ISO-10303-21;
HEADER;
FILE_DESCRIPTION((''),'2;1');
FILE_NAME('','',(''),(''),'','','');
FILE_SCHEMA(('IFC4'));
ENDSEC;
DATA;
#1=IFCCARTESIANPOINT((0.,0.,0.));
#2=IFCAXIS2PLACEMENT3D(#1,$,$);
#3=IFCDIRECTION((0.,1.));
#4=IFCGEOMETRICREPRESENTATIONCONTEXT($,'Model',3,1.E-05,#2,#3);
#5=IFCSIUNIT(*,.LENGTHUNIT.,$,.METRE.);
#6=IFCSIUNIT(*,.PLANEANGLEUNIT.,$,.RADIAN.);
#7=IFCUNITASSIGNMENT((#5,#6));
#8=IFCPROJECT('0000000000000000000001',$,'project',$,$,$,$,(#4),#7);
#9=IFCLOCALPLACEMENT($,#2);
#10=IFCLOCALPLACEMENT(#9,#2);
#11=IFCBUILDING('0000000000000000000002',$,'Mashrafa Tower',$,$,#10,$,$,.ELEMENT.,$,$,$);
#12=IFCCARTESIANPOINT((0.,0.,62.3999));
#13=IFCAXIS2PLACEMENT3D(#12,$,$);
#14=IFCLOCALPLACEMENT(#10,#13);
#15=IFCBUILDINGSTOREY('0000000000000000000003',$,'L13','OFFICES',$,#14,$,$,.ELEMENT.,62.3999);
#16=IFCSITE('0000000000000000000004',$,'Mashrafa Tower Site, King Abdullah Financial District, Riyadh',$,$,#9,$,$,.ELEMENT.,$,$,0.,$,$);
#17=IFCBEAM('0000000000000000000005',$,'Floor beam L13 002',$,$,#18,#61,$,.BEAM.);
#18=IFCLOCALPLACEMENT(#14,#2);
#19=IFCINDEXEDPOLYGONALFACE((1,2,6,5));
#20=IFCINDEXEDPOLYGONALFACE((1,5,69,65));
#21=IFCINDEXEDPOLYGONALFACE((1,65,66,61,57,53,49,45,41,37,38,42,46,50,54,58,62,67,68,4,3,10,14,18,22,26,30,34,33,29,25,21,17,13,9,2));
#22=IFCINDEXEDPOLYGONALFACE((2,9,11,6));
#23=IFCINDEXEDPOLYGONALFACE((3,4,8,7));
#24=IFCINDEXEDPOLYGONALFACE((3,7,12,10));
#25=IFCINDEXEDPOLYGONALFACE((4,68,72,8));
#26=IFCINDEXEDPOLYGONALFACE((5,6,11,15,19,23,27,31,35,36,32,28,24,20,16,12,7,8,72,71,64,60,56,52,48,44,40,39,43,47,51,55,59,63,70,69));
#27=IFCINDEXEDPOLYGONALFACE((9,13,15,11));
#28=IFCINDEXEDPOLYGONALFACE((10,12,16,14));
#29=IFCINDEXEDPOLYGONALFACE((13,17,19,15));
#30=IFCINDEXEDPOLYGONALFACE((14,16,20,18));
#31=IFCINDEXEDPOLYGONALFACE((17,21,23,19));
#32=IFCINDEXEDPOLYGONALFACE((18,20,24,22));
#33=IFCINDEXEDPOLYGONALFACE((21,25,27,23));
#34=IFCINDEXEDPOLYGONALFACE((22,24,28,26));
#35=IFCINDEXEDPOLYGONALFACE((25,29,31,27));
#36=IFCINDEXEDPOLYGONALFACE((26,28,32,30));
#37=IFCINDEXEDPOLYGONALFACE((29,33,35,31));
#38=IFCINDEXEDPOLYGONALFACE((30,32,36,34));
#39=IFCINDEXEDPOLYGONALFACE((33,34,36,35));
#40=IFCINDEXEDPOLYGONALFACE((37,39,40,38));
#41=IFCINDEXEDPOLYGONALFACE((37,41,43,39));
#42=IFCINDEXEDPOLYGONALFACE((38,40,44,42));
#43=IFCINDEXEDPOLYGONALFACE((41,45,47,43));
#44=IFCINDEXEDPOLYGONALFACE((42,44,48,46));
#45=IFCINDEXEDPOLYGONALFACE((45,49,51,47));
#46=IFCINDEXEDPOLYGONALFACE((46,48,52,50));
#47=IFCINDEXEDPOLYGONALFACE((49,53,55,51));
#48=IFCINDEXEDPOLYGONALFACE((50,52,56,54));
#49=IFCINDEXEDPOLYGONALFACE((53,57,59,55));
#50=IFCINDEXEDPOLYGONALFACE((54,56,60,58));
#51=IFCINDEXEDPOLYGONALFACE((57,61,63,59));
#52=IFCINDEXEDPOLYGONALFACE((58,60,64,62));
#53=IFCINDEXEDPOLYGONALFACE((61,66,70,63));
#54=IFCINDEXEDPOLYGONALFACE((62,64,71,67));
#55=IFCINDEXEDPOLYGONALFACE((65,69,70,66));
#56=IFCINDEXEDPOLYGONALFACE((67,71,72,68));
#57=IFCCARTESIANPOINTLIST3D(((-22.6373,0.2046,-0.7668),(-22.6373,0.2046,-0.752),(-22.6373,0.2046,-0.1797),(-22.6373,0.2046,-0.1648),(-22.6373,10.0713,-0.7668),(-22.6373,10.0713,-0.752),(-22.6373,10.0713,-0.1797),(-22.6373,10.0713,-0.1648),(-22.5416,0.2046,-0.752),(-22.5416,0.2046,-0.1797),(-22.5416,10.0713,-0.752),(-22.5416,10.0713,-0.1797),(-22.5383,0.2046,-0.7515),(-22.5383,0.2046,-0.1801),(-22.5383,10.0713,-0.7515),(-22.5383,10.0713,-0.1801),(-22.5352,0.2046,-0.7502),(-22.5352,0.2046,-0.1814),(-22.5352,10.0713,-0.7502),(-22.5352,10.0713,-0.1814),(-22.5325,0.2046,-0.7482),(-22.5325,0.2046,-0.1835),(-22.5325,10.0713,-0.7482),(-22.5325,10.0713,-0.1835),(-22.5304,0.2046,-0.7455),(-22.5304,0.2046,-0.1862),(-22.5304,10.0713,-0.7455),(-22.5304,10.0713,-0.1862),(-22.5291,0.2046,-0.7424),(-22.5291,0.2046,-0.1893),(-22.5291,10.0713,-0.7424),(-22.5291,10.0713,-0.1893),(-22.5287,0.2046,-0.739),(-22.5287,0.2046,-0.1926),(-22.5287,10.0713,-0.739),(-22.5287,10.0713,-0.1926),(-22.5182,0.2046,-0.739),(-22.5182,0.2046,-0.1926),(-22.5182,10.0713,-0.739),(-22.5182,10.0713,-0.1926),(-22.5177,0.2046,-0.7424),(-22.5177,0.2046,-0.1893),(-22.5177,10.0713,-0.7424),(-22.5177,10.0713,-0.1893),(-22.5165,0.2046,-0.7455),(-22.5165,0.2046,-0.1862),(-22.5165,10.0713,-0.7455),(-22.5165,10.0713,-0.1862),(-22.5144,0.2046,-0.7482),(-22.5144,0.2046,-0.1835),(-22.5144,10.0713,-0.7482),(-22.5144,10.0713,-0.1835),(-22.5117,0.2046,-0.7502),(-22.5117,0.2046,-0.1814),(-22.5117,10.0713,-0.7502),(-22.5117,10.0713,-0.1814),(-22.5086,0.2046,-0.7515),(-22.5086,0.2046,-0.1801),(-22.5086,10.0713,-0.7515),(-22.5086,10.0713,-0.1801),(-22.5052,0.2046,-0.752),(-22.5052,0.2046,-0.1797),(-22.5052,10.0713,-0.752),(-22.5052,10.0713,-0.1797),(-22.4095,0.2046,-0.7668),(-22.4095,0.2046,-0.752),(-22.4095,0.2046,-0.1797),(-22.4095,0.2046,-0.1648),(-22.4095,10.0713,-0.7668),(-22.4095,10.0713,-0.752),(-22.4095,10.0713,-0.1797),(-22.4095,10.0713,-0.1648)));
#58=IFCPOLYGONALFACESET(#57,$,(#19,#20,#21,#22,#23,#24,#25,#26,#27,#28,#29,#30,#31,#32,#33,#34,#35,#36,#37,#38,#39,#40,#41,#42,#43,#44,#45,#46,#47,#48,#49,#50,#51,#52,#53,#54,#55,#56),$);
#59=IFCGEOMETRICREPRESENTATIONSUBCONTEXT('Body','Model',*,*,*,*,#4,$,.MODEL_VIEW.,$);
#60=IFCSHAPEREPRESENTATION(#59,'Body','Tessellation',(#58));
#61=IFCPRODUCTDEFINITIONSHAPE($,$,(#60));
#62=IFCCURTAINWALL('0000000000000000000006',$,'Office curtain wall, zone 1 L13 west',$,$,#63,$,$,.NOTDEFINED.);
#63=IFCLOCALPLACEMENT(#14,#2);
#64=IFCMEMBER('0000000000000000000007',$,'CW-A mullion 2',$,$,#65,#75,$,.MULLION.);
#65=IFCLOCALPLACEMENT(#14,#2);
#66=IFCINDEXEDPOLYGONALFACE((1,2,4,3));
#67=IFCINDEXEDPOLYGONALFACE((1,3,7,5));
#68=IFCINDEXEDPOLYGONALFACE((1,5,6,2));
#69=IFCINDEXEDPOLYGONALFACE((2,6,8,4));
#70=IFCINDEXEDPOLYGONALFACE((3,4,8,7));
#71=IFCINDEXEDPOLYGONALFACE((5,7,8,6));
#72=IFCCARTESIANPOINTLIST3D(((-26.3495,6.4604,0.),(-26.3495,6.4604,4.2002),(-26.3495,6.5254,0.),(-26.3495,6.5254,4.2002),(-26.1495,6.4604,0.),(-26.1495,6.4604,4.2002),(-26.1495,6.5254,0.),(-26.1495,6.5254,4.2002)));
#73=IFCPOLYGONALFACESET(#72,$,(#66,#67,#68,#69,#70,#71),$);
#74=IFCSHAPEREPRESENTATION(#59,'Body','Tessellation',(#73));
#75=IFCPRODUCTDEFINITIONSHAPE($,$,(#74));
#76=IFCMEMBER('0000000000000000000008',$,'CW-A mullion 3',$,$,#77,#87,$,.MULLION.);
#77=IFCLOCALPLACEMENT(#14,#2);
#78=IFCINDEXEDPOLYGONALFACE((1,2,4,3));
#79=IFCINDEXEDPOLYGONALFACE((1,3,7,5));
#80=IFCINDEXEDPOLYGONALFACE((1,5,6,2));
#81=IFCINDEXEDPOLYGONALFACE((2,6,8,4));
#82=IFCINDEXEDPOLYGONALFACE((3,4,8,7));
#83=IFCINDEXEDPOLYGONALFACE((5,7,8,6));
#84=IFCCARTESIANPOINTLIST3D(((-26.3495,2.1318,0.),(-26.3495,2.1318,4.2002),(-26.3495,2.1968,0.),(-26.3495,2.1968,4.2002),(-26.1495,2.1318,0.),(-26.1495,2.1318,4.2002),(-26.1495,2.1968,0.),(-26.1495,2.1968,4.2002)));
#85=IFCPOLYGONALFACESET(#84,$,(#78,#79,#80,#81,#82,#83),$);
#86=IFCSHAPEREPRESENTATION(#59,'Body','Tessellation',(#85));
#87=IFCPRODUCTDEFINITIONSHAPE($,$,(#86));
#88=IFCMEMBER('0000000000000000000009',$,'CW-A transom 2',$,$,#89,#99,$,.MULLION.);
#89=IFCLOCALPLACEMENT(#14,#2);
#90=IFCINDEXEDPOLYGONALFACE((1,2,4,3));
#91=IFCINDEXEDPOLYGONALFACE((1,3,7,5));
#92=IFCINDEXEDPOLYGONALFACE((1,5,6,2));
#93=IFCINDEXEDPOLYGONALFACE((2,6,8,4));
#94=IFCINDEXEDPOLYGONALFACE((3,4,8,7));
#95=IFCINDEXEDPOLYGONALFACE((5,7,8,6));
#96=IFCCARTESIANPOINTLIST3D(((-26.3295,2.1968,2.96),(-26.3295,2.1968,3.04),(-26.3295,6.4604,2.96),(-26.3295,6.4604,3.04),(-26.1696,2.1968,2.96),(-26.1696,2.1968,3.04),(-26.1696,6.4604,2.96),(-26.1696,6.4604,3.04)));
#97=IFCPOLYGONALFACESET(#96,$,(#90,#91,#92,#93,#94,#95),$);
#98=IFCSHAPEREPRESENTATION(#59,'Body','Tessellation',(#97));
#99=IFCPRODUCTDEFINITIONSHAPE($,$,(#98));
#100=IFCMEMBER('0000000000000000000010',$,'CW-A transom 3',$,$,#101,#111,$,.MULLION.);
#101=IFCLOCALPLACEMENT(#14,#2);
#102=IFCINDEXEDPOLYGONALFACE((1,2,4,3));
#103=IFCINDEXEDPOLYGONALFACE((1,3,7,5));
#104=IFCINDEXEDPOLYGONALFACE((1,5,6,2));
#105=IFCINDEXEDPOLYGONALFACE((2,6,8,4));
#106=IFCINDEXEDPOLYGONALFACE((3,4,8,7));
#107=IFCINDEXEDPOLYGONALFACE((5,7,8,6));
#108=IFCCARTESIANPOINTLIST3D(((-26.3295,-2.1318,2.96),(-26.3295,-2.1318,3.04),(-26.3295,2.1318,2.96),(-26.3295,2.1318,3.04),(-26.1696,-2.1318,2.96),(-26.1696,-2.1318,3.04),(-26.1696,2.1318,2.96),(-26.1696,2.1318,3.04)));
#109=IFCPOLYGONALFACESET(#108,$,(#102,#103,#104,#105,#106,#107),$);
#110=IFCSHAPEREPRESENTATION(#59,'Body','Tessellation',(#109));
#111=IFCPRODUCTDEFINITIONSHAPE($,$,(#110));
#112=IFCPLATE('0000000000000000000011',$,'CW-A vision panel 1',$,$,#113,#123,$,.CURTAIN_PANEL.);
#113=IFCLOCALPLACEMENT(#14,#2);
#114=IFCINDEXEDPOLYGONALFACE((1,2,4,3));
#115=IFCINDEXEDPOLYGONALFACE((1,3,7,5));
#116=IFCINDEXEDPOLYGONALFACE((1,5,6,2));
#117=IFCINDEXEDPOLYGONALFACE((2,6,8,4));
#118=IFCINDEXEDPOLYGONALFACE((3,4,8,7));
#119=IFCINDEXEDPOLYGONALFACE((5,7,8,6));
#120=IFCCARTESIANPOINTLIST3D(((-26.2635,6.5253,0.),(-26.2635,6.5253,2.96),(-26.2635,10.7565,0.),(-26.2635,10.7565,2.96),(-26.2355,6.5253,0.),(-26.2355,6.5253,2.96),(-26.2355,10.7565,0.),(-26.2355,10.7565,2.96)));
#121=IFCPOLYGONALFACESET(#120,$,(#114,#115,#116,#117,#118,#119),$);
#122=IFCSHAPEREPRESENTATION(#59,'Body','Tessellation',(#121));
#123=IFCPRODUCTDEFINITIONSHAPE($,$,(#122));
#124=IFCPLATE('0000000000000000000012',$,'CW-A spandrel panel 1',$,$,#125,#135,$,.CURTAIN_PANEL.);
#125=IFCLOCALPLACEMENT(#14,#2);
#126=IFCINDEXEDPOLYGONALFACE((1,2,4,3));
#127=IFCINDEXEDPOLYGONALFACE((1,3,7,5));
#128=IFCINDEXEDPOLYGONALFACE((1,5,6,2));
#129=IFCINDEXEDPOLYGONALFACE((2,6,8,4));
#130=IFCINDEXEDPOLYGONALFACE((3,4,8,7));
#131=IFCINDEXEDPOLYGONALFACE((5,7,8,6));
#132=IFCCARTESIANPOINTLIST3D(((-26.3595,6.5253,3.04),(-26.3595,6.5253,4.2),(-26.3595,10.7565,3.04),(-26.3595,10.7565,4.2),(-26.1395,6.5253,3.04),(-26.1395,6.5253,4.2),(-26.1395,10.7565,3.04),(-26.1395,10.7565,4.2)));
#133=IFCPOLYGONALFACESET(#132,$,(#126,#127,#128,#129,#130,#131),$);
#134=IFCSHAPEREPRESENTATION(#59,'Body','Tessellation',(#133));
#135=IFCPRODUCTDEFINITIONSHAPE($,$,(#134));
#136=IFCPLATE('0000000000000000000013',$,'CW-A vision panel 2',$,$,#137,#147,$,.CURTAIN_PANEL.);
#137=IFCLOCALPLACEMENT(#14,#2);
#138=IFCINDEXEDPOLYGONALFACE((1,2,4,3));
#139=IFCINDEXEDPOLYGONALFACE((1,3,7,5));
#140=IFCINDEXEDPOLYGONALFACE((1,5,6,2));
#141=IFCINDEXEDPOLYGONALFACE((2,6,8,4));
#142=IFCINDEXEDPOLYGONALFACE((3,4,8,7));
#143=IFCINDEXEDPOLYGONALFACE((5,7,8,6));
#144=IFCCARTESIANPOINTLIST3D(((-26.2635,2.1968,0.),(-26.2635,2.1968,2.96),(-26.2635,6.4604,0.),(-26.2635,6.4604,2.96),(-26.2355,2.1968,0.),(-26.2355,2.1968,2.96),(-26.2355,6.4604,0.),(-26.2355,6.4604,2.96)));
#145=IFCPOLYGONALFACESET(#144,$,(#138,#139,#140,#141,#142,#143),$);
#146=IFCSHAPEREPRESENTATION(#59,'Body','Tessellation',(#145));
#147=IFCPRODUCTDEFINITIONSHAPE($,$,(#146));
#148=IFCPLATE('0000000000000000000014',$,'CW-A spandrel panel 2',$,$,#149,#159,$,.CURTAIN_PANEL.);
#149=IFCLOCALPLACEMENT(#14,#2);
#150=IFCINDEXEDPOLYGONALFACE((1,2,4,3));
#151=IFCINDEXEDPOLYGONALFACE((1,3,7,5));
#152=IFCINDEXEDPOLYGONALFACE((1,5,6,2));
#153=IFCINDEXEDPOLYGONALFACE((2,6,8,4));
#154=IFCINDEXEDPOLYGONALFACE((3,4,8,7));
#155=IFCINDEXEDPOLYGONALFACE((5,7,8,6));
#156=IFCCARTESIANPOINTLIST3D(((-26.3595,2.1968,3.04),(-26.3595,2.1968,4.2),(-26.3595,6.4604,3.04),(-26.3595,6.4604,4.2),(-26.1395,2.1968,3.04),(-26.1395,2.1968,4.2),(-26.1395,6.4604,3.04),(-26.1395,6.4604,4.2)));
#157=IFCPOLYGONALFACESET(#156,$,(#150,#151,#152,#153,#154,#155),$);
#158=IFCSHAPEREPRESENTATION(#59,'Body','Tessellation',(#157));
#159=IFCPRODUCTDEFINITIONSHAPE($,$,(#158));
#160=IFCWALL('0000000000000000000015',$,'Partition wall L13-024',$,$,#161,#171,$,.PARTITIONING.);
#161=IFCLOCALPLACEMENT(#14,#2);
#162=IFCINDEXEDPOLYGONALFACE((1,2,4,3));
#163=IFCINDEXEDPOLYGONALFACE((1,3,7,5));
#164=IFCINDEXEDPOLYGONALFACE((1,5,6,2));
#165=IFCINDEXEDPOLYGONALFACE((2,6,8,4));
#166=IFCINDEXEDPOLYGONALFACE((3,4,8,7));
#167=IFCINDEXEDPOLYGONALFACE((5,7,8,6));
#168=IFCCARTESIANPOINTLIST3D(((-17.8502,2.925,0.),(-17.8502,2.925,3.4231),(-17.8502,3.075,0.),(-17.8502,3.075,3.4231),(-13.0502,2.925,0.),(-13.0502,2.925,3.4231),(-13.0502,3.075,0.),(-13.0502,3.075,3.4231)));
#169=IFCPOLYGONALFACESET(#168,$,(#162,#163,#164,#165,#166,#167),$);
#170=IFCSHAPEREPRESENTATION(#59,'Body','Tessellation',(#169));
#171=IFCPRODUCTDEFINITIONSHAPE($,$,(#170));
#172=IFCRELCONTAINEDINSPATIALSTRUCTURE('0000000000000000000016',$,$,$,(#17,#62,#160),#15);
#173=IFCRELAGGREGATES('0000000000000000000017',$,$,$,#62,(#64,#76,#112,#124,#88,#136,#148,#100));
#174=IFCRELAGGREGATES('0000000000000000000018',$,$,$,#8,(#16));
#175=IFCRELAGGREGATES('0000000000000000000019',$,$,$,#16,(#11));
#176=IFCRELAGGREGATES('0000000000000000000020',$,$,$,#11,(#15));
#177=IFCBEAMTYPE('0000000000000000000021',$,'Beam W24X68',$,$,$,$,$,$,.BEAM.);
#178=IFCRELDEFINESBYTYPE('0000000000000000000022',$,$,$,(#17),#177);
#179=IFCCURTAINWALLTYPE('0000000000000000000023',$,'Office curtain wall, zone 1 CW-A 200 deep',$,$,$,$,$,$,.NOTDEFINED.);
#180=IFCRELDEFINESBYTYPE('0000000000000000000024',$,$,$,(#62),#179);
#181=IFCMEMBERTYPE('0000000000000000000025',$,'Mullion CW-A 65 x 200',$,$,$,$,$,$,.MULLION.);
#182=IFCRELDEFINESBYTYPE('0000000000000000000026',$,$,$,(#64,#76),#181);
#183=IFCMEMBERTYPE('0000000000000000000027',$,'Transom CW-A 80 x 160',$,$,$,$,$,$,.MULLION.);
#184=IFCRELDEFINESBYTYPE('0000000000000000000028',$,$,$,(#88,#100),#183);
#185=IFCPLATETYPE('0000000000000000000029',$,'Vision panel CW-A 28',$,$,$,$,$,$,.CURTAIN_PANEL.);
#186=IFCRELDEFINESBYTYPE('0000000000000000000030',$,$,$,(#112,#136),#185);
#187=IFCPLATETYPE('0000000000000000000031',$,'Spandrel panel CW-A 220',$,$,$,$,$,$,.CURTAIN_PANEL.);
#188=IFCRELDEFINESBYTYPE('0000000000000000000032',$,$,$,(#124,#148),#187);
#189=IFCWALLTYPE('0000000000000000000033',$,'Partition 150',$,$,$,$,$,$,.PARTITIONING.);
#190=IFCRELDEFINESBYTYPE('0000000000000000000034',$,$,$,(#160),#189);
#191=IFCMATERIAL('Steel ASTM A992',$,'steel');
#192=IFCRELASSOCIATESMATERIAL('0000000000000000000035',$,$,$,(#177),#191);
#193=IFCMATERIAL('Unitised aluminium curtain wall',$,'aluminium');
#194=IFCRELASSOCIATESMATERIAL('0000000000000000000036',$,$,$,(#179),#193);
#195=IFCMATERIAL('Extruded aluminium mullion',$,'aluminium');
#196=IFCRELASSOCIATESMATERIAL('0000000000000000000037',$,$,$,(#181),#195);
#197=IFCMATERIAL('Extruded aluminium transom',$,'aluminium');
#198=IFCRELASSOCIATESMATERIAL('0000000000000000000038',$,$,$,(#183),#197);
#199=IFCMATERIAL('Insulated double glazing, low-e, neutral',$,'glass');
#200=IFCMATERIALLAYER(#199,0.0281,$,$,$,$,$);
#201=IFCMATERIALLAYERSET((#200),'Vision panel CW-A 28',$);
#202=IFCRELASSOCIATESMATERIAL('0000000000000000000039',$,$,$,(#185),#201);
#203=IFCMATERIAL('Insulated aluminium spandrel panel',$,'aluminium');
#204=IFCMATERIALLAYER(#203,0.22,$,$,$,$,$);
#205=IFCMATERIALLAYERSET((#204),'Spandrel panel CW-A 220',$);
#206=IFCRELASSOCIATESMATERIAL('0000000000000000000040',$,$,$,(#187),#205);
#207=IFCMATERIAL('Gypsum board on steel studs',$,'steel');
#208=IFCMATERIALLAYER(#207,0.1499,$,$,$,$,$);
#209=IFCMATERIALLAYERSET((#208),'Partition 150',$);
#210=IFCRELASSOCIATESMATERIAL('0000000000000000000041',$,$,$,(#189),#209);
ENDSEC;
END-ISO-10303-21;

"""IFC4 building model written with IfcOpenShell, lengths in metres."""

from ifc_helpers import new_model, si_unit, direction, frame, frame_2d, origin, origin_2d, place, context, subcontext, project, spatial, rectangle, i_section, extrude, source, transform, mapped, material, layer, layer_set, material_profile, profile_set, type_object, type_shapes, element, aggregate, save


model = new_model("IFC4")

# Units and contexts
model_context = context("Model", 3, precision=1e-05, world=origin(), true_north=direction((0.0, 1.0)))
body_context = subcontext(model_context, "Body", "Model", "MODEL_VIEW")
ifc_project = project(units=[si_unit("LENGTHUNIT", "METRE"), si_unit("PLANEANGLEUNIT", "RADIAN")], contexts=[model_context])

# Site, building, storey
site_placement = place(None, origin())
site = spatial("IfcSite", under=ifc_project, at=site_placement, Name="Mashrafa Tower Site, King Abdullah Financial District, Riyadh", CompositionType="ELEMENT", RefElevation=0.0)
building_placement = place(site_placement, origin())
building = spatial("IfcBuilding", under=site, at=building_placement, Name="Mashrafa Tower", CompositionType="ELEMENT")
storey_placement = place(building_placement, frame((0.0, 0.0, 62.3999)))
storey = spatial("IfcBuildingStorey", under=building, at=storey_placement, Name="L13", Description="OFFICES", CompositionType="ELEMENT", Elevation=62.3999)

# Beam
ifc_material_1 = material(Name="Steel ASTM A992", Category="steel")
ifc_material_profile_1 = material_profile(ifc_material_1, i_section(OverallWidth=0.2278, OverallDepth=0.6021, WebThickness=0.0105, FlangeThickness=0.0149, FilletRadius=0.0129, at=origin_2d()), Name="W24X68")
ifc_profile_set_1 = profile_set([ifc_material_profile_1], Name="Steel ASTM A992")
beam_type_1 = type_object("IfcBeamType", Name="Beam W24X68", PredefinedType="BEAM", material=ifc_profile_set_1)
beam_1_placement = place(storey_placement, frame((-22.5234, 0.2046, -0.4658), z_axis=(0.0, 1.0, 0.0), x_axis=(-1.0, 0.0, 0.0)))
element("IfcBeam", 1, at=beam_1_placement, inside=storey, type_object=beam_type_1, Name="Floor beam L13 002", PredefinedType="BEAM", context=body_context, shape_type="SweptSolid", body=[
    extrude(i_section(OverallWidth=0.2278, OverallDepth=0.6021, WebThickness=0.0105, FlangeThickness=0.0149, FilletRadius=0.0129, at=origin_2d()), origin(), (0.0, 0.0, 1.0), 9.8667),
])

# Curtain wall, members, plates
ifc_material_2 = material(Name="Unitised aluminium curtain wall", Category="aluminium")
curtain_wall_type = type_object("IfcCurtainWallType", Name="Office curtain wall, zone 1 CW-A 200 deep", PredefinedType="NOTDEFINED", material=ifc_material_2)
curtain_wall_placement = place(storey_placement, origin())
curtain_wall = element("IfcCurtainWall", 2, at=curtain_wall_placement, inside=storey, type_object=curtain_wall_type, Name="Office curtain wall, zone 1 L13 west", PredefinedType="NOTDEFINED")
ifc_material_3 = material(Name="Extruded aluminium mullion", Category="aluminium")
ifc_material_profile_2 = material_profile(ifc_material_3, rectangle(XDim=0.2, YDim=0.0649, at=origin_2d()), Name="Mullion 65x200")
ifc_profile_set_2 = profile_set([ifc_material_profile_2], Name="Extruded aluminium mullion")
member_type_1 = type_object("IfcMemberType", Name="Mullion CW-A 65 x 200", PredefinedType="MULLION", material=ifc_profile_set_2)
shared_shape_1 = source(origin(), body_context, "Body", "SweptSolid", [
    extrude(rectangle(XDim=0.2, YDim=0.0649, at=origin_2d()), origin(), (0.0, 0.0, 1.0), 4.2002),
])
type_shapes(member_type_1, [shared_shape_1])
member_1_placement = place(storey_placement, frame((-26.2495, 6.4929, 0.0), z_axis=(0.0, 0.0, 1.0), x_axis=(1.0, 0.0, 0.0)))
member_1 = element("IfcMember", 3, at=member_1_placement, type_object=member_type_1, Name="CW-A mullion 2", PredefinedType="MULLION", context=body_context, shape_type="MappedRepresentation", body=[
    mapped(shared_shape_1, transform((0.0, 0.0, 0.0))),
])
member_2_placement = place(storey_placement, frame((-26.2495, 2.1643, 0.0), z_axis=(0.0, 0.0, 1.0), x_axis=(1.0, 0.0, 0.0)))
member_2 = element("IfcMember", 4, at=member_2_placement, type_object=member_type_1, Name="CW-A mullion 3", PredefinedType="MULLION", context=body_context, shape_type="MappedRepresentation", body=[
    mapped(shared_shape_1, transform((0.0, 0.0, 0.0))),
])
ifc_material_4 = material(Name="Extruded aluminium transom", Category="aluminium")
ifc_material_profile_3 = material_profile(ifc_material_4, rectangle(XDim=0.1599, YDim=0.0801, at=origin_2d()), Name="Transom 80x160")
ifc_profile_set_3 = profile_set([ifc_material_profile_3], Name="Extruded aluminium transom")
member_type_2 = type_object("IfcMemberType", Name="Transom CW-A 80 x 160", PredefinedType="MULLION", material=ifc_profile_set_3)
shared_shape_2 = source(origin(), body_context, "Body", "SweptSolid", [
    extrude(rectangle(XDim=0.1599, YDim=0.0801, at=origin_2d()), origin(), (0.0, 0.0, 1.0), 4.2637),
])
type_shapes(member_type_2, [shared_shape_2])
member_3_placement = place(storey_placement, frame((-26.2495, 6.4604, 3.0), z_axis=(0.0, -1.0, 0.0), x_axis=(1.0, 0.0, 0.0)))
member_3 = element("IfcMember", 5, at=member_3_placement, type_object=member_type_2, Name="CW-A transom 2", PredefinedType="MULLION", context=body_context, shape_type="MappedRepresentation", body=[
    mapped(shared_shape_2, transform((0.0, 0.0, 0.0))),
])
member_4_placement = place(storey_placement, frame((-26.2495, 2.1318, 3.0), z_axis=(0.0, -1.0, 0.0), x_axis=(1.0, 0.0, 0.0)))
member_4 = element("IfcMember", 6, at=member_4_placement, type_object=member_type_2, Name="CW-A transom 3", PredefinedType="MULLION", context=body_context, shape_type="MappedRepresentation", body=[
    mapped(shared_shape_2, transform((0.0, 0.0, 0.0))),
])
ifc_material_5 = material(Name="Insulated double glazing, low-e, neutral", Category="glass")
ifc_layer_1 = layer(ifc_material_5, 0.0281)
ifc_layer_set_1 = layer_set([ifc_layer_1], Name="Vision panel CW-A 28")
plate_type_1 = type_object("IfcPlateType", Name="Vision panel CW-A 28", PredefinedType="CURTAIN_PANEL", material=ifc_layer_set_1)
shared_shape_3 = source(origin(), body_context, "Body", "SweptSolid", [
    extrude(rectangle(XDim=4.2312, YDim=0.0281, at=origin_2d()), origin(), (0.0, 0.0, 1.0), 2.96),
])
plate_1_placement = place(storey_placement, frame((-26.2495, 8.6409, 0.0), z_axis=(0.0, 0.0, 1.0), x_axis=(0.0, -1.0, 0.0)))
plate_1 = element("IfcPlate", 7, at=plate_1_placement, type_object=plate_type_1, Name="CW-A vision panel 1", PredefinedType="CURTAIN_PANEL", context=body_context, shape_type="MappedRepresentation", body=[
    mapped(shared_shape_3, transform((0.0, 0.0, 0.0))),
])
ifc_material_6 = material(Name="Insulated aluminium spandrel panel", Category="aluminium")
ifc_layer_2 = layer(ifc_material_6, 0.22)
ifc_layer_set_2 = layer_set([ifc_layer_2], Name="Spandrel panel CW-A 220")
plate_type_2 = type_object("IfcPlateType", Name="Spandrel panel CW-A 220", PredefinedType="CURTAIN_PANEL", material=ifc_layer_set_2)
shared_shape_4 = source(origin(), body_context, "Body", "SweptSolid", [
    extrude(rectangle(XDim=4.2312, YDim=0.22, at=origin_2d()), origin(), (0.0, 0.0, 1.0), 1.1599),
])
plate_2_placement = place(storey_placement, frame((-26.2495, 8.6409, 3.04), z_axis=(0.0, 0.0, 1.0), x_axis=(0.0, -1.0, 0.0)))
plate_2 = element("IfcPlate", 8, at=plate_2_placement, type_object=plate_type_2, Name="CW-A spandrel panel 1", PredefinedType="CURTAIN_PANEL", context=body_context, shape_type="MappedRepresentation", body=[
    mapped(shared_shape_4, transform((0.0, 0.0, 0.0))),
])
shared_shape_5 = source(origin(), body_context, "Body", "SweptSolid", [
    extrude(rectangle(XDim=4.2637, YDim=0.0281, at=origin_2d()), origin(), (0.0, 0.0, 1.0), 2.96),
])
type_shapes(plate_type_1, [shared_shape_3, shared_shape_5])
plate_3_placement = place(storey_placement, frame((-26.2495, 4.3286, 0.0), z_axis=(0.0, 0.0, 1.0), x_axis=(0.0, -1.0, 0.0)))
plate_3 = element("IfcPlate", 9, at=plate_3_placement, type_object=plate_type_1, Name="CW-A vision panel 2", PredefinedType="CURTAIN_PANEL", context=body_context, shape_type="MappedRepresentation", body=[
    mapped(shared_shape_5, transform((0.0, 0.0, 0.0))),
])
shared_shape_6 = source(origin(), body_context, "Body", "SweptSolid", [
    extrude(rectangle(XDim=4.2637, YDim=0.22, at=origin_2d()), origin(), (0.0, 0.0, 1.0), 1.1599),
])
type_shapes(plate_type_2, [shared_shape_4, shared_shape_6])
plate_4_placement = place(storey_placement, frame((-26.2495, 4.3286, 3.04), z_axis=(0.0, 0.0, 1.0), x_axis=(0.0, -1.0, 0.0)))
plate_4 = element("IfcPlate", 10, at=plate_4_placement, type_object=plate_type_2, Name="CW-A spandrel panel 2", PredefinedType="CURTAIN_PANEL", context=body_context, shape_type="MappedRepresentation", body=[
    mapped(shared_shape_6, transform((0.0, 0.0, 0.0))),
])
aggregate(curtain_wall, [member_1, member_2, plate_1, plate_2, member_3, plate_3, plate_4, member_4])

# Wall
ifc_material_7 = material(Name="Gypsum board on steel studs", Category="steel")
ifc_layer_3 = layer(ifc_material_7, 0.1499)
ifc_layer_set_3 = layer_set([ifc_layer_3], Name="Partition 150")
wall_type = type_object("IfcWallType", Name="Partition 150", PredefinedType="PARTITIONING", material=ifc_layer_set_3)
wall_1_placement = place(storey_placement, frame((-17.8501, 3.0, 0.0), z_axis=(0.0, 0.0, 1.0), x_axis=(1.0, 0.0, 0.0)))
element("IfcWall", 11, at=wall_1_placement, inside=storey, type_object=wall_type, Name="Partition wall L13-024", PredefinedType="PARTITIONING", context=body_context, shape_type="SweptSolid", body=[
    extrude(rectangle(XDim=4.8, YDim=0.1499, at=frame_2d((2.3999, 0.0))), origin(), (0.0, 0.0, 1.0), 3.4231),
])

save(model, "model.ifc")
